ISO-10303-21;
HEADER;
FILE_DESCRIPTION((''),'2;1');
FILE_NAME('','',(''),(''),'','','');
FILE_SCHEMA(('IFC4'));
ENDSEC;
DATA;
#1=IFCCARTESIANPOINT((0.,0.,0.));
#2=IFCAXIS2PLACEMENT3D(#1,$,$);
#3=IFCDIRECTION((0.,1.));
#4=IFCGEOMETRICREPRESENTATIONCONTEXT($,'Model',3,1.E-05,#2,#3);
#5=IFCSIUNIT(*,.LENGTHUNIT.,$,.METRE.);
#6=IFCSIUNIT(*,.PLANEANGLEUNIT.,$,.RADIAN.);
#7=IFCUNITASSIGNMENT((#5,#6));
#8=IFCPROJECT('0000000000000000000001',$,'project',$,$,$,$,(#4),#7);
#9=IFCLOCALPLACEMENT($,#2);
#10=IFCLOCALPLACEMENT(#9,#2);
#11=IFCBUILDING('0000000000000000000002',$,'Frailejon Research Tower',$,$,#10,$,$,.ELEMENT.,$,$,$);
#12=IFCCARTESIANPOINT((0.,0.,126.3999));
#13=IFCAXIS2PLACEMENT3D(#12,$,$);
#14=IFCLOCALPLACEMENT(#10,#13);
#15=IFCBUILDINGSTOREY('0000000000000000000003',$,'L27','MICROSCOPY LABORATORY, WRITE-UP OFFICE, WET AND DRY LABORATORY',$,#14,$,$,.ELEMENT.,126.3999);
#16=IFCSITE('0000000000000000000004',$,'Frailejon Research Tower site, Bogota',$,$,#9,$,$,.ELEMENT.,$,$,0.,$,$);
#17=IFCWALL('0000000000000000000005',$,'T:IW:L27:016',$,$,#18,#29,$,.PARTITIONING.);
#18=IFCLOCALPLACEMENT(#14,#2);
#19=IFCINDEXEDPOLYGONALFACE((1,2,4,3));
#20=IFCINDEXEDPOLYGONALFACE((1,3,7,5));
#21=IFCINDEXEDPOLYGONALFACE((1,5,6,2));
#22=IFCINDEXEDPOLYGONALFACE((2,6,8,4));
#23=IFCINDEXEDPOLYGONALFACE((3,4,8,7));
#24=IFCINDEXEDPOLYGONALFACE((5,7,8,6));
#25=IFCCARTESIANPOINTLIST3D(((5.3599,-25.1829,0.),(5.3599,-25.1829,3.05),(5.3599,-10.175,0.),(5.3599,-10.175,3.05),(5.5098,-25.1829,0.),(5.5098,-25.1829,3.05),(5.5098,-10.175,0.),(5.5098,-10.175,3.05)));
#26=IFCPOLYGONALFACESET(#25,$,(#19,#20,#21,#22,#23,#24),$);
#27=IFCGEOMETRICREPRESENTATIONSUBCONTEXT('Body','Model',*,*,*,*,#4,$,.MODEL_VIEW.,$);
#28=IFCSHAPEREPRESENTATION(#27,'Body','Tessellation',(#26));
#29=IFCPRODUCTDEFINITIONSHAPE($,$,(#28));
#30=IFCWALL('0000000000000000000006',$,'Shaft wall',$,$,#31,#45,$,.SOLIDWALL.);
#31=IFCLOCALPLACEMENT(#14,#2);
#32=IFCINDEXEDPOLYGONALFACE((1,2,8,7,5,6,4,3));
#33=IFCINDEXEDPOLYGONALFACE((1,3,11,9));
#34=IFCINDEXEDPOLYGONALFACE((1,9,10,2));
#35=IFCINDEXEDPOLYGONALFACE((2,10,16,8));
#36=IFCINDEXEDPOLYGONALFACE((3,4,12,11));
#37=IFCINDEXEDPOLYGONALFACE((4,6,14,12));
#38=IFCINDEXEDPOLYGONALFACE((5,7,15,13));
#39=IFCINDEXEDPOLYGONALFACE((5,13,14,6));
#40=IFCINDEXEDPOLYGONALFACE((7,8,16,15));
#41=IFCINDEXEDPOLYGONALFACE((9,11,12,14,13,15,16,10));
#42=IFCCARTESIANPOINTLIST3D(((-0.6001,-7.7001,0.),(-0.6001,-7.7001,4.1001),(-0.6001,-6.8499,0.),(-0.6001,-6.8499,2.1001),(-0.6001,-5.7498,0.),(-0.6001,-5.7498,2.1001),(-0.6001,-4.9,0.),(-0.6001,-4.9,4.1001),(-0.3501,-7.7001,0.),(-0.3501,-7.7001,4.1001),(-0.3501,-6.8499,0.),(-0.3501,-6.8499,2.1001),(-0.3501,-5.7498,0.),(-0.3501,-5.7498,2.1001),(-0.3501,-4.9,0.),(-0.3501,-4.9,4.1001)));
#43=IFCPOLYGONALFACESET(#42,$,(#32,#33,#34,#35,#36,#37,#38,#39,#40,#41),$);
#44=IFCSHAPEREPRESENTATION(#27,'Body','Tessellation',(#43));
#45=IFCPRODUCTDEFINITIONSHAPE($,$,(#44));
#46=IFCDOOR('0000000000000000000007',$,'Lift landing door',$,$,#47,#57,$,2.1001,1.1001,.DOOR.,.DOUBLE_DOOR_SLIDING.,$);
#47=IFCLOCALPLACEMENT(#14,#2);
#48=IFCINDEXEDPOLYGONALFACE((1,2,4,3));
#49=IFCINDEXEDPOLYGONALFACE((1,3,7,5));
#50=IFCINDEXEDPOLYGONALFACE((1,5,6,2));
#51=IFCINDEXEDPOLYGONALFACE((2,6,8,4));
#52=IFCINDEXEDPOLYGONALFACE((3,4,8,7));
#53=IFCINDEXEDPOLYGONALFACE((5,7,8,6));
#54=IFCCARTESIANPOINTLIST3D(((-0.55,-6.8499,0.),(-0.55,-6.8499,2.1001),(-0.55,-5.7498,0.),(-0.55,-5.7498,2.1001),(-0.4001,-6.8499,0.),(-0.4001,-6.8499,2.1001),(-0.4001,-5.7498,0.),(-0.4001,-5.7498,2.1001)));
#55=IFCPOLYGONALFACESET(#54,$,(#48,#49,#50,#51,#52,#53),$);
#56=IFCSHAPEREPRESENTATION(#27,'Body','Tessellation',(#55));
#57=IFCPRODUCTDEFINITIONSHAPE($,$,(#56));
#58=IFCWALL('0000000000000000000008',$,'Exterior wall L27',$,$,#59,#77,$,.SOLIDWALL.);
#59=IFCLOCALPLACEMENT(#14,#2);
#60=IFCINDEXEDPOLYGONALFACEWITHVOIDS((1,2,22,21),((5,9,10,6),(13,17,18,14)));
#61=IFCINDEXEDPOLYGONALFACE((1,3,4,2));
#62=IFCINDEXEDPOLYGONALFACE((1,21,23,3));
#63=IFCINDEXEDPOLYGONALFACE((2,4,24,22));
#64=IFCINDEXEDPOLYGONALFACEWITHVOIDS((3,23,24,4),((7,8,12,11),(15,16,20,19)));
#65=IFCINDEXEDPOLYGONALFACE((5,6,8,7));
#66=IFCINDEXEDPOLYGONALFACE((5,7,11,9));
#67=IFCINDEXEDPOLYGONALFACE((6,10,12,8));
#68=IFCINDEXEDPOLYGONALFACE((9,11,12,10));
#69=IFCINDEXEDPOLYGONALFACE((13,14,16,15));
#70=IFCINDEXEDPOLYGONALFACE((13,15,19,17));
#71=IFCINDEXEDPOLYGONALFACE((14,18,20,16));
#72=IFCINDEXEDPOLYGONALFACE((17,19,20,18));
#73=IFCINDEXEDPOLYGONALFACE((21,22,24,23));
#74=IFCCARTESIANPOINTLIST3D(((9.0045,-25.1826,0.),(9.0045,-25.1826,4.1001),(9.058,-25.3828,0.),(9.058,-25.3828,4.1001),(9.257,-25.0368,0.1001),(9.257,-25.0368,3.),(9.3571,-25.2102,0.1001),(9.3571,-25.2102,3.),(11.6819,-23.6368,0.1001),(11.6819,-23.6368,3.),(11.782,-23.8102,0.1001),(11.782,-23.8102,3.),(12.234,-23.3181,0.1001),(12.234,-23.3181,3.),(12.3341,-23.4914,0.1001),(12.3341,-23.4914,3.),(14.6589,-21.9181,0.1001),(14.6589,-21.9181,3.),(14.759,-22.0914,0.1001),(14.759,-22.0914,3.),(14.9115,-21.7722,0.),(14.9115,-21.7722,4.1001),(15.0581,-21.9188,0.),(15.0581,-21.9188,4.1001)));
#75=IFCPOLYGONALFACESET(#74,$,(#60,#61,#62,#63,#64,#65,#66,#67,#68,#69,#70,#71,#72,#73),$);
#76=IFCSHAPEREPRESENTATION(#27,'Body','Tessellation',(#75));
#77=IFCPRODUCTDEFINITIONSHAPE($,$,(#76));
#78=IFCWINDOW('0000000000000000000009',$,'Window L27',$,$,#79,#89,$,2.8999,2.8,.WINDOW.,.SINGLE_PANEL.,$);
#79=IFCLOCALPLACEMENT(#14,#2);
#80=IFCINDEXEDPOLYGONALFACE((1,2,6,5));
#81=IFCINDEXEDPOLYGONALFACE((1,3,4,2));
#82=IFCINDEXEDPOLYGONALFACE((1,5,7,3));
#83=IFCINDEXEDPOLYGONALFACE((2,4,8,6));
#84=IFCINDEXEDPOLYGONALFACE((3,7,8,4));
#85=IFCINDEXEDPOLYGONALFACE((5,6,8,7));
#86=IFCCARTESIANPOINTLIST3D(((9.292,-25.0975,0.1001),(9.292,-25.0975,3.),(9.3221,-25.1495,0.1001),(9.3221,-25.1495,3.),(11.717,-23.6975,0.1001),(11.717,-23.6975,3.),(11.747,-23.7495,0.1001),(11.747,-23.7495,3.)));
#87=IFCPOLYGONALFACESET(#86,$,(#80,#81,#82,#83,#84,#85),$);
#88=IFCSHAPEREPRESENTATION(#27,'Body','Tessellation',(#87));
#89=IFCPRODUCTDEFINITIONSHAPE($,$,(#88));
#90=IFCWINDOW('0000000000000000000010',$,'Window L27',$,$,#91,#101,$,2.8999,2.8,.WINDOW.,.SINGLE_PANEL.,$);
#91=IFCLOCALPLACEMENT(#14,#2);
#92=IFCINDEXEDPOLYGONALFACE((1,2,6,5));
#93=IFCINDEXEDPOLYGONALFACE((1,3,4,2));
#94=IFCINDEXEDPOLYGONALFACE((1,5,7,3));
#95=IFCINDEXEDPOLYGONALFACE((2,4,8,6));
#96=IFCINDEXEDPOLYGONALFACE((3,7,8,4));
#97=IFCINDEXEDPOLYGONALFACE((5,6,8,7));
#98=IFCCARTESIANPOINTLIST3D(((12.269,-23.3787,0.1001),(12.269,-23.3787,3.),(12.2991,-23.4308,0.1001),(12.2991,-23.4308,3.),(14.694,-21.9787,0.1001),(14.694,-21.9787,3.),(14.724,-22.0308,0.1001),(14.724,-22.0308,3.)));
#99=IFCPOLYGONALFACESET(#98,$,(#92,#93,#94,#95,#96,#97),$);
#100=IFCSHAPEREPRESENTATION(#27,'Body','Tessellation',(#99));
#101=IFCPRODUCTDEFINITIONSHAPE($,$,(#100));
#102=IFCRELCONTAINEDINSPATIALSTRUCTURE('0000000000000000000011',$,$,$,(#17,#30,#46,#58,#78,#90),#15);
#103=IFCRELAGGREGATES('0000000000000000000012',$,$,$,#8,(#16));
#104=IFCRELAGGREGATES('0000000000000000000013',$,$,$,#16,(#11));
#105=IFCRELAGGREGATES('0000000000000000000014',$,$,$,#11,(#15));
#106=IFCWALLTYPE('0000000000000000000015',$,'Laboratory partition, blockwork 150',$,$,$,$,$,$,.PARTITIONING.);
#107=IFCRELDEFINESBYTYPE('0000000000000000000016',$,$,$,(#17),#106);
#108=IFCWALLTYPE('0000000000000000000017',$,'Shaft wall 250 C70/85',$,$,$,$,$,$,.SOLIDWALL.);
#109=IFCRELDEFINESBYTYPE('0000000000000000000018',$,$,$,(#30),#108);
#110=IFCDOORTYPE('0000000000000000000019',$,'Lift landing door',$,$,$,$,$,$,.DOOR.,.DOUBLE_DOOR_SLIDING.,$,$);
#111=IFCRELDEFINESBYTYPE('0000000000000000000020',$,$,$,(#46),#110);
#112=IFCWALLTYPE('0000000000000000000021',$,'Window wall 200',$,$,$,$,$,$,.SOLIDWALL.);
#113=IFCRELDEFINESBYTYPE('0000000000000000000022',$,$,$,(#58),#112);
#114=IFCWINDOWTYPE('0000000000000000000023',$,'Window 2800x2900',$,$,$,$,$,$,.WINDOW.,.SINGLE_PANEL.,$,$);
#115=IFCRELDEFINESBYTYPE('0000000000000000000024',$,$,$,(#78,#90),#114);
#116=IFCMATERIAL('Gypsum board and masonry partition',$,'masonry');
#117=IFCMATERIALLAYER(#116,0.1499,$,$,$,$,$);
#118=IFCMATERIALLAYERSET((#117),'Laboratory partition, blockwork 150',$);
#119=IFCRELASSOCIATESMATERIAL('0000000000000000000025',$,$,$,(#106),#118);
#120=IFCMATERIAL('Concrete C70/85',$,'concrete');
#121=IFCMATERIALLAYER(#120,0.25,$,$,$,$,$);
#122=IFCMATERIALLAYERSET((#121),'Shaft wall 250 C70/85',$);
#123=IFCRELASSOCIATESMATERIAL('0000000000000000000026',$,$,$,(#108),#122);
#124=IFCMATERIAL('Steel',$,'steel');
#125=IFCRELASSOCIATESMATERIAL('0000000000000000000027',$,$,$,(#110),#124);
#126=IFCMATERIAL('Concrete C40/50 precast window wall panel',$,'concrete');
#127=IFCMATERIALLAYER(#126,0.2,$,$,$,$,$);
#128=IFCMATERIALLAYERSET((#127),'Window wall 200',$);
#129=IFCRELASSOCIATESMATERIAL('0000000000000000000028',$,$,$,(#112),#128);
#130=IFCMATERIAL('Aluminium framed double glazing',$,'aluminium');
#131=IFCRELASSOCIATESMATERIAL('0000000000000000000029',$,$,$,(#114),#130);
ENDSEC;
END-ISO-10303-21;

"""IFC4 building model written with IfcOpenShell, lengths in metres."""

from ifc_helpers import new_model, si_unit, direction, frame, frame_2d, origin, place, context, subcontext, project, spatial, polyline, rectangle, outline, extrude, material, layer, layer_set, type_object, element, fill, save


model = new_model("IFC4")

# Units and contexts
model_context = context("Model", 3, precision=1e-05, world=origin(), true_north=direction((0.0, 1.0)))
body_context = subcontext(model_context, "Body", "Model", "MODEL_VIEW")
ifc_project = project(units=[si_unit("LENGTHUNIT", "METRE"), si_unit("PLANEANGLEUNIT", "RADIAN")], contexts=[model_context])

# Site, building, storey
site_placement = place(None, origin())
site = spatial("IfcSite", under=ifc_project, at=site_placement, Name="Frailejon Research Tower site, Bogota", CompositionType="ELEMENT", RefElevation=0.0)
building_placement = place(site_placement, origin())
building = spatial("IfcBuilding", under=site, at=building_placement, Name="Frailejon Research Tower", CompositionType="ELEMENT")
storey_placement = place(building_placement, frame((0.0, 0.0, 126.3999)))
storey = spatial("IfcBuildingStorey", under=building, at=storey_placement, Name="L27", Description="MICROSCOPY LABORATORY, WRITE-UP OFFICE, WET AND DRY LABORATORY", CompositionType="ELEMENT", Elevation=126.3999)

# Wall
ifc_material_1 = material(Name="Gypsum board and masonry partition", Category="masonry")
ifc_layer_1 = layer(ifc_material_1, 0.1499)
ifc_layer_set_1 = layer_set([ifc_layer_1], Name="Laboratory partition, blockwork 150")
wall_type_1 = type_object("IfcWallType", Name="Laboratory partition, blockwork 150", PredefinedType="PARTITIONING", material=ifc_layer_set_1)
wall_1_placement = place(storey_placement, frame((5.4348, -25.1829, 0.0), z_axis=(0.0, 0.0, 1.0), x_axis=(0.0, 1.0, 0.0)))
element("IfcWall", 1, at=wall_1_placement, inside=storey, type_object=wall_type_1, Name="T:IW:L27:016", PredefinedType="PARTITIONING", context=body_context, shape_type="SweptSolid", body=[
    extrude(rectangle(XDim=15.0078, YDim=0.1499, at=frame_2d((7.5039, 0.0))), origin(), (0.0, 0.0, 1.0), 3.05),
])

# Wall, opening, door
ifc_material_2 = material(Name="Concrete C70/85", Category="concrete")
ifc_layer_2 = layer(ifc_material_2, 0.25)
ifc_layer_set_2 = layer_set([ifc_layer_2], Name="Shaft wall 250 C70/85")
wall_type_2 = type_object("IfcWallType", Name="Shaft wall 250 C70/85", PredefinedType="SOLIDWALL", material=ifc_layer_set_2)
wall_2_placement = place(storey_placement, frame((-0.4751, -7.7, 0.0), z_axis=(0.0, 0.0, 1.0), x_axis=(0.0, 1.0, 0.0)))
wall_2 = element("IfcWall", 2, at=wall_2_placement, inside=storey, type_object=wall_type_2, Name="Shaft wall", PredefinedType="SOLIDWALL", context=body_context, shape_type="SweptSolid", body=[
    extrude(rectangle(XDim=2.8, YDim=0.25, at=frame_2d((1.3999, 0.0))), origin(), (0.0, 0.0, 1.0), 4.1001),
])
opening_1_placement = place(wall_2_placement, frame((0.8501, 0.0, 0.0)))
opening_1 = element("IfcOpeningElement", 3, at=opening_1_placement, cuts=wall_2, PredefinedType="OPENING", context=body_context, shape_type="SweptSolid", body=[
    extrude(rectangle(XDim=1.1001, YDim=2.1001, at=frame_2d((0.55, 1.05))), frame((0.0, 0.135, 0.0), z_axis=(0.0, -1.0, 0.0), x_axis=(1.0, 0.0, 0.0)), (0.0, 0.0, 1.0), 0.27),
])
ifc_material_3 = material(Name="Steel", Category="steel")
door_type_1 = type_object("IfcDoorType", Name="Lift landing door", OperationType="DOUBLE_DOOR_SLIDING", PredefinedType="DOOR", material=ifc_material_3)
door_1_placement = place(opening_1_placement, origin())
door_1 = element("IfcDoor", 4, at=door_1_placement, inside=storey, type_object=door_type_1, Name="Lift landing door", OperationType="DOUBLE_DOOR_SLIDING", OverallHeight=2.1001, OverallWidth=1.1001, PredefinedType="DOOR", context=body_context, shape_type="SweptSolid", body=[
    extrude(rectangle(XDim=1.1001, YDim=2.1001, at=frame_2d((0.55, 1.05))), frame((0.0, 0.075, 0.0), z_axis=(0.0, -1.0, 0.0), x_axis=(1.0, 0.0, 0.0)), (0.0, 0.0, 1.0), 0.1499),
])
fill(opening_1, door_1)

# Wall, openings, windows
ifc_material_4 = material(Name="Concrete C40/50 precast window wall panel", Category="concrete")
ifc_layer_3 = layer(ifc_material_4, 0.2)
ifc_layer_set_3 = layer_set([ifc_layer_3], Name="Window wall 200")
wall_type_3 = type_object("IfcWallType", Name="Window wall 200", PredefinedType="SOLIDWALL", material=ifc_layer_set_3)
wall_3_placement = place(storey_placement, frame((9.0312, -25.2827, 0.0), z_axis=(0.0, 0.0, 1.0), x_axis=(0.866029, 0.499993, 0.0)))
wall_3 = element("IfcWall", 5, at=wall_3_placement, inside=storey, type_object=wall_type_3, Name="Exterior wall L27", PredefinedType="SOLIDWALL", context=body_context, shape_type="SweptSolid", body=[
    extrude(outline(polyline([(-0.0269, -0.1001), (1.1279, -0.1001), (2.2825, -0.1001), (3.4373, -0.1001), (4.592, -0.1001), (5.7466, -0.1001), (6.9014, -0.1001), (6.8477, 0.1001), (5.7109, 0.1001), (4.574, 0.1001), (3.4373, 0.1001), (2.3005, 0.1001), (1.1636, 0.1001), (0.0269, 0.1001), (-0.0269, -0.1001)])), origin(), (0.0, 0.0, 1.0), 4.1001),
])
opening_2_placement = place(wall_3_placement, frame((0.3186, 0.0, 0.1001)))
opening_2 = element("IfcOpeningElement", 6, at=opening_2_placement, cuts=wall_3, PredefinedType="OPENING", context=body_context, shape_type="SweptSolid", body=[
    extrude(rectangle(XDim=2.8, YDim=2.8999, at=frame_2d((1.3999, 1.45))), frame((0.0, 0.1099, 0.0), z_axis=(0.0, -1.0, 0.0), x_axis=(1.0, 0.0, 0.0)), (0.0, 0.0, 1.0), 0.22),
])
opening_3_placement = place(wall_3_placement, frame((3.7561, 0.0, 0.1001)))
opening_3 = element("IfcOpeningElement", 7, at=opening_3_placement, cuts=wall_3, PredefinedType="OPENING", context=body_context, shape_type="SweptSolid", body=[
    extrude(rectangle(XDim=2.8, YDim=2.8999, at=frame_2d((1.3999, 1.45))), frame((0.0, 0.1099, 0.0), z_axis=(0.0, -1.0, 0.0), x_axis=(1.0, 0.0, 0.0)), (0.0, 0.0, 1.0), 0.22),
])
ifc_material_5 = material(Name="Aluminium framed double glazing", Category="aluminium")
window_type_1 = type_object("IfcWindowType", Name="Window 2800x2900", PartitioningType="SINGLE_PANEL", PredefinedType="WINDOW", material=ifc_material_5)
window_1_placement = place(opening_2_placement, origin())
window_1 = element("IfcWindow", 8, at=window_1_placement, inside=storey, type_object=window_type_1, Name="Window L27", OverallHeight=2.8999, OverallWidth=2.8, PartitioningType="SINGLE_PANEL", PredefinedType="WINDOW", context=body_context, shape_type="SweptSolid", body=[
    extrude(rectangle(XDim=2.8, YDim=2.8999, at=frame_2d((1.3999, 1.45))), frame((0.0, 0.03, 0.0), z_axis=(0.0, -1.0, 0.0), x_axis=(1.0, 0.0, 0.0)), (0.0, 0.0, 1.0), 0.0601),
])
fill(opening_2, window_1)
window_2_placement = place(opening_3_placement, origin())
window_2 = element("IfcWindow", 9, at=window_2_placement, inside=storey, type_object=window_type_1, Name="Window L27", OverallHeight=2.8999, OverallWidth=2.8, PartitioningType="SINGLE_PANEL", PredefinedType="WINDOW", context=body_context, shape_type="SweptSolid", body=[
    extrude(rectangle(XDim=2.8, YDim=2.8999, at=frame_2d((1.3999, 1.45))), frame((0.0, 0.03, 0.0), z_axis=(0.0, -1.0, 0.0), x_axis=(1.0, 0.0, 0.0)), (0.0, 0.0, 1.0), 0.0601),
])
fill(opening_3, window_2)

save(model, "model.ifc")
